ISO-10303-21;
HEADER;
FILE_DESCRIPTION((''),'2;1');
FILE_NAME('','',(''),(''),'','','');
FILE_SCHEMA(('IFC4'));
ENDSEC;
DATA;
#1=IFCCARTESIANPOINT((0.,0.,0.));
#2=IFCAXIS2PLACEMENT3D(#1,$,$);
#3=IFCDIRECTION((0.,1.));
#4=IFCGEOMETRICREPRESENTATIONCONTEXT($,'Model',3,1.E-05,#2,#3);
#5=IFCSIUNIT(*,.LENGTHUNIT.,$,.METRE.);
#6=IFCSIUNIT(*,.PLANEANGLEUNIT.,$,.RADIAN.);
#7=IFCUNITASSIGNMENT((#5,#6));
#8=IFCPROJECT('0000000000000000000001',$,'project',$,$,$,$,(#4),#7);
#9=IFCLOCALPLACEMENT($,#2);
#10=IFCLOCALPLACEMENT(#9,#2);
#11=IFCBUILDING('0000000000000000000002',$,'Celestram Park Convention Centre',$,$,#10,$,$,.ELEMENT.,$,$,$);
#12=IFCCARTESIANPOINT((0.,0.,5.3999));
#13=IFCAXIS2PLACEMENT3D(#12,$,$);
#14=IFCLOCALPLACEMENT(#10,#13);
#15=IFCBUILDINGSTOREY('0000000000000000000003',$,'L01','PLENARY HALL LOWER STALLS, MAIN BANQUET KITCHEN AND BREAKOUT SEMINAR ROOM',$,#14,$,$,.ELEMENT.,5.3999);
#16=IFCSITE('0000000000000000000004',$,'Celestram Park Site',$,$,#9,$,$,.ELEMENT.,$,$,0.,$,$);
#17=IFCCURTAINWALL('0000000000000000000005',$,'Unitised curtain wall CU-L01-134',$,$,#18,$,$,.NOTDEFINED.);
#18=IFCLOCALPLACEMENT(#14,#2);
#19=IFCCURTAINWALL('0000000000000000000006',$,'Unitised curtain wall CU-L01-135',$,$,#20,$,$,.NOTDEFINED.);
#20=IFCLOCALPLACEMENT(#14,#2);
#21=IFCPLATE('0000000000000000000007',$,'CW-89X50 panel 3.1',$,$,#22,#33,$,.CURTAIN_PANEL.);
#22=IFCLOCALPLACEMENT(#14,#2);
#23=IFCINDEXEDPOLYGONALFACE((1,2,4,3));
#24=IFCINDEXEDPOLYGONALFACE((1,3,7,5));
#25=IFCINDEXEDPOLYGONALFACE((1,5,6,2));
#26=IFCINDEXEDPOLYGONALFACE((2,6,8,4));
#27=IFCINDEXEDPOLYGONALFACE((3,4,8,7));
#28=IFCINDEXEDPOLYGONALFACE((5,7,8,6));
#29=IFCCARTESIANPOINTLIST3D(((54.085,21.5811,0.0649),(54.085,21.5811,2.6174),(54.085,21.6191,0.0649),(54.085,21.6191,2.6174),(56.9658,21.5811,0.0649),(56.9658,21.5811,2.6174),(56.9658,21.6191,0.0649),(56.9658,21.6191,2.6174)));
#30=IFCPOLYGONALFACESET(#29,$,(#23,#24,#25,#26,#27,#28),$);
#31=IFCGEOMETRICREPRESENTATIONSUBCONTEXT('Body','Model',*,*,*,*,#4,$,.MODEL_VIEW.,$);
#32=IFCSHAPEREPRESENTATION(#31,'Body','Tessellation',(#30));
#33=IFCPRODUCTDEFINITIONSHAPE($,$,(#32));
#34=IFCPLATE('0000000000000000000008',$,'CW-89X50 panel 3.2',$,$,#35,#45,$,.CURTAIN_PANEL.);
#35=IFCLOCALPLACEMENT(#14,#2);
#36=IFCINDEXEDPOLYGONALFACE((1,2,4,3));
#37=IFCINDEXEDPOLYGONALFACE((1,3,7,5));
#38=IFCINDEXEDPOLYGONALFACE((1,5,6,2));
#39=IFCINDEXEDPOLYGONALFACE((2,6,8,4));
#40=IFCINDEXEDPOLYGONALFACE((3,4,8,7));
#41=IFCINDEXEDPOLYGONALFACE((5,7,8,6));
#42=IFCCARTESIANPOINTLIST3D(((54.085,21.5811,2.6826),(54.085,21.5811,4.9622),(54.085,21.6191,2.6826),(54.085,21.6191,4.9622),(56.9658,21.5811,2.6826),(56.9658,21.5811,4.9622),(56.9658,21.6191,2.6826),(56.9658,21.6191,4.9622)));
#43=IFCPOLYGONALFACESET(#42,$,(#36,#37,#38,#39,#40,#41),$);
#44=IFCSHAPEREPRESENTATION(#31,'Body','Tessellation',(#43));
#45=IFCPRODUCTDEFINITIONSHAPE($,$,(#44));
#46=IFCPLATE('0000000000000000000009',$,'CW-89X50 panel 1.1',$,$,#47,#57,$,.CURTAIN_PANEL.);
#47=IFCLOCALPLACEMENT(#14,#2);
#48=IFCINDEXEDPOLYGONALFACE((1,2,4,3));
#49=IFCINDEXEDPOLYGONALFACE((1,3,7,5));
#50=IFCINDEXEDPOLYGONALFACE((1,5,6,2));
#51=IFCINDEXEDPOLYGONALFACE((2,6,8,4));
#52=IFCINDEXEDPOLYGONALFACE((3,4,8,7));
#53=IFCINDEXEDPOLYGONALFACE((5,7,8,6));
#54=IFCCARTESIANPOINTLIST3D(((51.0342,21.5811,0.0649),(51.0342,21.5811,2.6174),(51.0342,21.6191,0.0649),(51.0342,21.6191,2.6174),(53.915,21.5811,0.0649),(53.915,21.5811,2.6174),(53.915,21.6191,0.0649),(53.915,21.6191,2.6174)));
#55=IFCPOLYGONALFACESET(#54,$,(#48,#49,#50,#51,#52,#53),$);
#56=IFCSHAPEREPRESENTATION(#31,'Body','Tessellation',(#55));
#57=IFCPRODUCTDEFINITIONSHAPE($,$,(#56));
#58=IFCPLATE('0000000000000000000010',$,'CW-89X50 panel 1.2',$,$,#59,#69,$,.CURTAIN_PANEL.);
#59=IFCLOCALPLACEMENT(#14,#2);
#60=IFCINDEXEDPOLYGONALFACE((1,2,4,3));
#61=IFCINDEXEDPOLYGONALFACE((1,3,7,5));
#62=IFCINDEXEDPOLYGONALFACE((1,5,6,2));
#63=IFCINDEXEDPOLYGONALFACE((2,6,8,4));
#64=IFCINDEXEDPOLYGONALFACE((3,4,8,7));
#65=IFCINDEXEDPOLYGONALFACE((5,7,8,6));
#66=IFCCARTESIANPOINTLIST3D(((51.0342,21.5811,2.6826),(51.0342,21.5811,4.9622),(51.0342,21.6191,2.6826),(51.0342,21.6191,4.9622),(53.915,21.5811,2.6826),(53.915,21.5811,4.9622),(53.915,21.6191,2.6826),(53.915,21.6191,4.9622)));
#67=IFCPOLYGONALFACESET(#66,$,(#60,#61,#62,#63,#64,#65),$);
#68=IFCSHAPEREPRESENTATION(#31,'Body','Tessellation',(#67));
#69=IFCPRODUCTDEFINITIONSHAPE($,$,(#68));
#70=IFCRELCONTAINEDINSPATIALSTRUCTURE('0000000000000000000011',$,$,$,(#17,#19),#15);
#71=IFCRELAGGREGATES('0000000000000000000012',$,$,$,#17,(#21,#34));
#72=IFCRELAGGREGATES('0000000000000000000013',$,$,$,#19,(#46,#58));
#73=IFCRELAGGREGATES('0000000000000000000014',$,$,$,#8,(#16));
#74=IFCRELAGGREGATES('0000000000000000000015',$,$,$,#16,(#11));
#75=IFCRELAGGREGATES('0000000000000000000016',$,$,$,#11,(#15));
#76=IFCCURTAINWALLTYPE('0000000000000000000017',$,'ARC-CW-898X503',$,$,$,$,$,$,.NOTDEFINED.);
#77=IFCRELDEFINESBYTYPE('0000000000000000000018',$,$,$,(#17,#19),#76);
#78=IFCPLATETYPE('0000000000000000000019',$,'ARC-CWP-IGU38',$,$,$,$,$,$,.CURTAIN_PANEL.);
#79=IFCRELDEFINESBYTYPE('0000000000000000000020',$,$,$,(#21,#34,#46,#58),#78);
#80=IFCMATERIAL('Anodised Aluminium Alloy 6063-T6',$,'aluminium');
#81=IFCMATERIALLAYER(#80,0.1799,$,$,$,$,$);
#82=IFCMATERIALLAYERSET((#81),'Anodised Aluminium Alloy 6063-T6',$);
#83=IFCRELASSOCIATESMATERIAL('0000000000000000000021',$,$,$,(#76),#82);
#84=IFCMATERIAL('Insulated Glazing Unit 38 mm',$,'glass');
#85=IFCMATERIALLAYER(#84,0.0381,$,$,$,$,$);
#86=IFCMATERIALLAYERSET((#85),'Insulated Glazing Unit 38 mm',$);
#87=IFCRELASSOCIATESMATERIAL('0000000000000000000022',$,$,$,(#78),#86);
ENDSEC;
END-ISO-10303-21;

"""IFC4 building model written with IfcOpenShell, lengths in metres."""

from ifc_helpers import new_model, si_unit, direction, frame, origin, origin_2d, place, context, subcontext, project, spatial, rectangle, extrude, material, layer, layer_set, type_object, element, aggregate, save


model = new_model("IFC4")

# Units and contexts
model_context = context("Model", 3, precision=1e-05, world=origin(), true_north=direction((0.0, 1.0)))
body_context = subcontext(model_context, "Body", "Model", "MODEL_VIEW")
ifc_project = project(units=[si_unit("LENGTHUNIT", "METRE"), si_unit("PLANEANGLEUNIT", "RADIAN")], contexts=[model_context])

# Site, building, storey
site_placement = place(None, origin())
site = spatial("IfcSite", under=ifc_project, at=site_placement, Name="Celestram Park Site", CompositionType="ELEMENT", RefElevation=0.0)
building_placement = place(site_placement, origin())
building = spatial("IfcBuilding", under=site, at=building_placement, Name="Celestram Park Convention Centre", CompositionType="ELEMENT")
storey_placement = place(building_placement, frame((0.0, 0.0, 5.3999)))
storey = spatial("IfcBuildingStorey", under=building, at=storey_placement, Name="L01", Description="PLENARY HALL LOWER STALLS, MAIN BANQUET KITCHEN AND BREAKOUT SEMINAR ROOM", CompositionType="ELEMENT", Elevation=5.3999)

# Curtain wall
ifc_material_1 = material(Name="Anodised Aluminium Alloy 6063-T6", Category="aluminium")
ifc_layer_1 = layer(ifc_material_1, 0.1799)
ifc_layer_set_1 = layer_set([ifc_layer_1], Name="Anodised Aluminium Alloy 6063-T6")
curtain_wall_type = type_object("IfcCurtainWallType", Name="ARC-CW-898X503", PredefinedType="NOTDEFINED", material=ifc_layer_set_1)
curtain_wall_1_placement = place(storey_placement, origin())
curtain_wall_1 = element("IfcCurtainWall", 1, at=curtain_wall_1_placement, inside=storey, type_object=curtain_wall_type, Name="Unitised curtain wall CU-L01-134", PredefinedType="NOTDEFINED")

# Curtain wall
curtain_wall_2_placement = place(storey_placement, origin())
curtain_wall_2 = element("IfcCurtainWall", 2, at=curtain_wall_2_placement, inside=storey, type_object=curtain_wall_type, Name="Unitised curtain wall CU-L01-135", PredefinedType="NOTDEFINED")

# Plates
ifc_material_2 = material(Name="Insulated Glazing Unit 38 mm", Category="glass")
ifc_layer_2 = layer(ifc_material_2, 0.0381)
ifc_layer_set_2 = layer_set([ifc_layer_2], Name="Insulated Glazing Unit 38 mm")
plate_type = type_object("IfcPlateType", Name="ARC-CWP-IGU38", PredefinedType="CURTAIN_PANEL", material=ifc_layer_set_2)
plate_1_placement = place(storey_placement, frame((55.5254, 21.6001, 0.0649), z_axis=(0.0, 0.0, 1.0), x_axis=(-1.0, 0.0, 0.0)))
plate_1 = element("IfcPlate", 3, at=plate_1_placement, type_object=plate_type, Name="CW-89X50 panel 3.1", PredefinedType="CURTAIN_PANEL", context=body_context, shape_type="SweptSolid", body=[
    extrude(rectangle(XDim=2.8809, YDim=0.0381, at=origin_2d()), origin(), (0.0, 0.0, 1.0), 2.5525),
])
plate_2_placement = place(storey_placement, frame((55.5254, 21.6001, 2.6826), z_axis=(0.0, 0.0, 1.0), x_axis=(-1.0, 0.0, 0.0)))
plate_2 = element("IfcPlate", 4, at=plate_2_placement, type_object=plate_type, Name="CW-89X50 panel 3.2", PredefinedType="CURTAIN_PANEL", context=body_context, shape_type="SweptSolid", body=[
    extrude(rectangle(XDim=2.8809, YDim=0.0381, at=origin_2d()), origin(), (0.0, 0.0, 1.0), 2.2795),
])
aggregate(curtain_wall_1, [plate_1, plate_2])
plate_3_placement = place(storey_placement, frame((52.4746, 21.6001, 0.0649), z_axis=(0.0, 0.0, 1.0), x_axis=(-1.0, 0.0, 0.0)))
plate_3 = element("IfcPlate", 5, at=plate_3_placement, type_object=plate_type, Name="CW-89X50 panel 1.1", PredefinedType="CURTAIN_PANEL", context=body_context, shape_type="SweptSolid", body=[
    extrude(rectangle(XDim=2.8809, YDim=0.0381, at=origin_2d()), origin(), (0.0, 0.0, 1.0), 2.5525),
])
plate_4_placement = place(storey_placement, frame((52.4746, 21.6001, 2.6826), z_axis=(0.0, 0.0, 1.0), x_axis=(-1.0, 0.0, 0.0)))
plate_4 = element("IfcPlate", 6, at=plate_4_placement, type_object=plate_type, Name="CW-89X50 panel 1.2", PredefinedType="CURTAIN_PANEL", context=body_context, shape_type="SweptSolid", body=[
    extrude(rectangle(XDim=2.8809, YDim=0.0381, at=origin_2d()), origin(), (0.0, 0.0, 1.0), 2.2795),
])
aggregate(curtain_wall_2, [plate_3, plate_4])

save(model, "model.ifc")
